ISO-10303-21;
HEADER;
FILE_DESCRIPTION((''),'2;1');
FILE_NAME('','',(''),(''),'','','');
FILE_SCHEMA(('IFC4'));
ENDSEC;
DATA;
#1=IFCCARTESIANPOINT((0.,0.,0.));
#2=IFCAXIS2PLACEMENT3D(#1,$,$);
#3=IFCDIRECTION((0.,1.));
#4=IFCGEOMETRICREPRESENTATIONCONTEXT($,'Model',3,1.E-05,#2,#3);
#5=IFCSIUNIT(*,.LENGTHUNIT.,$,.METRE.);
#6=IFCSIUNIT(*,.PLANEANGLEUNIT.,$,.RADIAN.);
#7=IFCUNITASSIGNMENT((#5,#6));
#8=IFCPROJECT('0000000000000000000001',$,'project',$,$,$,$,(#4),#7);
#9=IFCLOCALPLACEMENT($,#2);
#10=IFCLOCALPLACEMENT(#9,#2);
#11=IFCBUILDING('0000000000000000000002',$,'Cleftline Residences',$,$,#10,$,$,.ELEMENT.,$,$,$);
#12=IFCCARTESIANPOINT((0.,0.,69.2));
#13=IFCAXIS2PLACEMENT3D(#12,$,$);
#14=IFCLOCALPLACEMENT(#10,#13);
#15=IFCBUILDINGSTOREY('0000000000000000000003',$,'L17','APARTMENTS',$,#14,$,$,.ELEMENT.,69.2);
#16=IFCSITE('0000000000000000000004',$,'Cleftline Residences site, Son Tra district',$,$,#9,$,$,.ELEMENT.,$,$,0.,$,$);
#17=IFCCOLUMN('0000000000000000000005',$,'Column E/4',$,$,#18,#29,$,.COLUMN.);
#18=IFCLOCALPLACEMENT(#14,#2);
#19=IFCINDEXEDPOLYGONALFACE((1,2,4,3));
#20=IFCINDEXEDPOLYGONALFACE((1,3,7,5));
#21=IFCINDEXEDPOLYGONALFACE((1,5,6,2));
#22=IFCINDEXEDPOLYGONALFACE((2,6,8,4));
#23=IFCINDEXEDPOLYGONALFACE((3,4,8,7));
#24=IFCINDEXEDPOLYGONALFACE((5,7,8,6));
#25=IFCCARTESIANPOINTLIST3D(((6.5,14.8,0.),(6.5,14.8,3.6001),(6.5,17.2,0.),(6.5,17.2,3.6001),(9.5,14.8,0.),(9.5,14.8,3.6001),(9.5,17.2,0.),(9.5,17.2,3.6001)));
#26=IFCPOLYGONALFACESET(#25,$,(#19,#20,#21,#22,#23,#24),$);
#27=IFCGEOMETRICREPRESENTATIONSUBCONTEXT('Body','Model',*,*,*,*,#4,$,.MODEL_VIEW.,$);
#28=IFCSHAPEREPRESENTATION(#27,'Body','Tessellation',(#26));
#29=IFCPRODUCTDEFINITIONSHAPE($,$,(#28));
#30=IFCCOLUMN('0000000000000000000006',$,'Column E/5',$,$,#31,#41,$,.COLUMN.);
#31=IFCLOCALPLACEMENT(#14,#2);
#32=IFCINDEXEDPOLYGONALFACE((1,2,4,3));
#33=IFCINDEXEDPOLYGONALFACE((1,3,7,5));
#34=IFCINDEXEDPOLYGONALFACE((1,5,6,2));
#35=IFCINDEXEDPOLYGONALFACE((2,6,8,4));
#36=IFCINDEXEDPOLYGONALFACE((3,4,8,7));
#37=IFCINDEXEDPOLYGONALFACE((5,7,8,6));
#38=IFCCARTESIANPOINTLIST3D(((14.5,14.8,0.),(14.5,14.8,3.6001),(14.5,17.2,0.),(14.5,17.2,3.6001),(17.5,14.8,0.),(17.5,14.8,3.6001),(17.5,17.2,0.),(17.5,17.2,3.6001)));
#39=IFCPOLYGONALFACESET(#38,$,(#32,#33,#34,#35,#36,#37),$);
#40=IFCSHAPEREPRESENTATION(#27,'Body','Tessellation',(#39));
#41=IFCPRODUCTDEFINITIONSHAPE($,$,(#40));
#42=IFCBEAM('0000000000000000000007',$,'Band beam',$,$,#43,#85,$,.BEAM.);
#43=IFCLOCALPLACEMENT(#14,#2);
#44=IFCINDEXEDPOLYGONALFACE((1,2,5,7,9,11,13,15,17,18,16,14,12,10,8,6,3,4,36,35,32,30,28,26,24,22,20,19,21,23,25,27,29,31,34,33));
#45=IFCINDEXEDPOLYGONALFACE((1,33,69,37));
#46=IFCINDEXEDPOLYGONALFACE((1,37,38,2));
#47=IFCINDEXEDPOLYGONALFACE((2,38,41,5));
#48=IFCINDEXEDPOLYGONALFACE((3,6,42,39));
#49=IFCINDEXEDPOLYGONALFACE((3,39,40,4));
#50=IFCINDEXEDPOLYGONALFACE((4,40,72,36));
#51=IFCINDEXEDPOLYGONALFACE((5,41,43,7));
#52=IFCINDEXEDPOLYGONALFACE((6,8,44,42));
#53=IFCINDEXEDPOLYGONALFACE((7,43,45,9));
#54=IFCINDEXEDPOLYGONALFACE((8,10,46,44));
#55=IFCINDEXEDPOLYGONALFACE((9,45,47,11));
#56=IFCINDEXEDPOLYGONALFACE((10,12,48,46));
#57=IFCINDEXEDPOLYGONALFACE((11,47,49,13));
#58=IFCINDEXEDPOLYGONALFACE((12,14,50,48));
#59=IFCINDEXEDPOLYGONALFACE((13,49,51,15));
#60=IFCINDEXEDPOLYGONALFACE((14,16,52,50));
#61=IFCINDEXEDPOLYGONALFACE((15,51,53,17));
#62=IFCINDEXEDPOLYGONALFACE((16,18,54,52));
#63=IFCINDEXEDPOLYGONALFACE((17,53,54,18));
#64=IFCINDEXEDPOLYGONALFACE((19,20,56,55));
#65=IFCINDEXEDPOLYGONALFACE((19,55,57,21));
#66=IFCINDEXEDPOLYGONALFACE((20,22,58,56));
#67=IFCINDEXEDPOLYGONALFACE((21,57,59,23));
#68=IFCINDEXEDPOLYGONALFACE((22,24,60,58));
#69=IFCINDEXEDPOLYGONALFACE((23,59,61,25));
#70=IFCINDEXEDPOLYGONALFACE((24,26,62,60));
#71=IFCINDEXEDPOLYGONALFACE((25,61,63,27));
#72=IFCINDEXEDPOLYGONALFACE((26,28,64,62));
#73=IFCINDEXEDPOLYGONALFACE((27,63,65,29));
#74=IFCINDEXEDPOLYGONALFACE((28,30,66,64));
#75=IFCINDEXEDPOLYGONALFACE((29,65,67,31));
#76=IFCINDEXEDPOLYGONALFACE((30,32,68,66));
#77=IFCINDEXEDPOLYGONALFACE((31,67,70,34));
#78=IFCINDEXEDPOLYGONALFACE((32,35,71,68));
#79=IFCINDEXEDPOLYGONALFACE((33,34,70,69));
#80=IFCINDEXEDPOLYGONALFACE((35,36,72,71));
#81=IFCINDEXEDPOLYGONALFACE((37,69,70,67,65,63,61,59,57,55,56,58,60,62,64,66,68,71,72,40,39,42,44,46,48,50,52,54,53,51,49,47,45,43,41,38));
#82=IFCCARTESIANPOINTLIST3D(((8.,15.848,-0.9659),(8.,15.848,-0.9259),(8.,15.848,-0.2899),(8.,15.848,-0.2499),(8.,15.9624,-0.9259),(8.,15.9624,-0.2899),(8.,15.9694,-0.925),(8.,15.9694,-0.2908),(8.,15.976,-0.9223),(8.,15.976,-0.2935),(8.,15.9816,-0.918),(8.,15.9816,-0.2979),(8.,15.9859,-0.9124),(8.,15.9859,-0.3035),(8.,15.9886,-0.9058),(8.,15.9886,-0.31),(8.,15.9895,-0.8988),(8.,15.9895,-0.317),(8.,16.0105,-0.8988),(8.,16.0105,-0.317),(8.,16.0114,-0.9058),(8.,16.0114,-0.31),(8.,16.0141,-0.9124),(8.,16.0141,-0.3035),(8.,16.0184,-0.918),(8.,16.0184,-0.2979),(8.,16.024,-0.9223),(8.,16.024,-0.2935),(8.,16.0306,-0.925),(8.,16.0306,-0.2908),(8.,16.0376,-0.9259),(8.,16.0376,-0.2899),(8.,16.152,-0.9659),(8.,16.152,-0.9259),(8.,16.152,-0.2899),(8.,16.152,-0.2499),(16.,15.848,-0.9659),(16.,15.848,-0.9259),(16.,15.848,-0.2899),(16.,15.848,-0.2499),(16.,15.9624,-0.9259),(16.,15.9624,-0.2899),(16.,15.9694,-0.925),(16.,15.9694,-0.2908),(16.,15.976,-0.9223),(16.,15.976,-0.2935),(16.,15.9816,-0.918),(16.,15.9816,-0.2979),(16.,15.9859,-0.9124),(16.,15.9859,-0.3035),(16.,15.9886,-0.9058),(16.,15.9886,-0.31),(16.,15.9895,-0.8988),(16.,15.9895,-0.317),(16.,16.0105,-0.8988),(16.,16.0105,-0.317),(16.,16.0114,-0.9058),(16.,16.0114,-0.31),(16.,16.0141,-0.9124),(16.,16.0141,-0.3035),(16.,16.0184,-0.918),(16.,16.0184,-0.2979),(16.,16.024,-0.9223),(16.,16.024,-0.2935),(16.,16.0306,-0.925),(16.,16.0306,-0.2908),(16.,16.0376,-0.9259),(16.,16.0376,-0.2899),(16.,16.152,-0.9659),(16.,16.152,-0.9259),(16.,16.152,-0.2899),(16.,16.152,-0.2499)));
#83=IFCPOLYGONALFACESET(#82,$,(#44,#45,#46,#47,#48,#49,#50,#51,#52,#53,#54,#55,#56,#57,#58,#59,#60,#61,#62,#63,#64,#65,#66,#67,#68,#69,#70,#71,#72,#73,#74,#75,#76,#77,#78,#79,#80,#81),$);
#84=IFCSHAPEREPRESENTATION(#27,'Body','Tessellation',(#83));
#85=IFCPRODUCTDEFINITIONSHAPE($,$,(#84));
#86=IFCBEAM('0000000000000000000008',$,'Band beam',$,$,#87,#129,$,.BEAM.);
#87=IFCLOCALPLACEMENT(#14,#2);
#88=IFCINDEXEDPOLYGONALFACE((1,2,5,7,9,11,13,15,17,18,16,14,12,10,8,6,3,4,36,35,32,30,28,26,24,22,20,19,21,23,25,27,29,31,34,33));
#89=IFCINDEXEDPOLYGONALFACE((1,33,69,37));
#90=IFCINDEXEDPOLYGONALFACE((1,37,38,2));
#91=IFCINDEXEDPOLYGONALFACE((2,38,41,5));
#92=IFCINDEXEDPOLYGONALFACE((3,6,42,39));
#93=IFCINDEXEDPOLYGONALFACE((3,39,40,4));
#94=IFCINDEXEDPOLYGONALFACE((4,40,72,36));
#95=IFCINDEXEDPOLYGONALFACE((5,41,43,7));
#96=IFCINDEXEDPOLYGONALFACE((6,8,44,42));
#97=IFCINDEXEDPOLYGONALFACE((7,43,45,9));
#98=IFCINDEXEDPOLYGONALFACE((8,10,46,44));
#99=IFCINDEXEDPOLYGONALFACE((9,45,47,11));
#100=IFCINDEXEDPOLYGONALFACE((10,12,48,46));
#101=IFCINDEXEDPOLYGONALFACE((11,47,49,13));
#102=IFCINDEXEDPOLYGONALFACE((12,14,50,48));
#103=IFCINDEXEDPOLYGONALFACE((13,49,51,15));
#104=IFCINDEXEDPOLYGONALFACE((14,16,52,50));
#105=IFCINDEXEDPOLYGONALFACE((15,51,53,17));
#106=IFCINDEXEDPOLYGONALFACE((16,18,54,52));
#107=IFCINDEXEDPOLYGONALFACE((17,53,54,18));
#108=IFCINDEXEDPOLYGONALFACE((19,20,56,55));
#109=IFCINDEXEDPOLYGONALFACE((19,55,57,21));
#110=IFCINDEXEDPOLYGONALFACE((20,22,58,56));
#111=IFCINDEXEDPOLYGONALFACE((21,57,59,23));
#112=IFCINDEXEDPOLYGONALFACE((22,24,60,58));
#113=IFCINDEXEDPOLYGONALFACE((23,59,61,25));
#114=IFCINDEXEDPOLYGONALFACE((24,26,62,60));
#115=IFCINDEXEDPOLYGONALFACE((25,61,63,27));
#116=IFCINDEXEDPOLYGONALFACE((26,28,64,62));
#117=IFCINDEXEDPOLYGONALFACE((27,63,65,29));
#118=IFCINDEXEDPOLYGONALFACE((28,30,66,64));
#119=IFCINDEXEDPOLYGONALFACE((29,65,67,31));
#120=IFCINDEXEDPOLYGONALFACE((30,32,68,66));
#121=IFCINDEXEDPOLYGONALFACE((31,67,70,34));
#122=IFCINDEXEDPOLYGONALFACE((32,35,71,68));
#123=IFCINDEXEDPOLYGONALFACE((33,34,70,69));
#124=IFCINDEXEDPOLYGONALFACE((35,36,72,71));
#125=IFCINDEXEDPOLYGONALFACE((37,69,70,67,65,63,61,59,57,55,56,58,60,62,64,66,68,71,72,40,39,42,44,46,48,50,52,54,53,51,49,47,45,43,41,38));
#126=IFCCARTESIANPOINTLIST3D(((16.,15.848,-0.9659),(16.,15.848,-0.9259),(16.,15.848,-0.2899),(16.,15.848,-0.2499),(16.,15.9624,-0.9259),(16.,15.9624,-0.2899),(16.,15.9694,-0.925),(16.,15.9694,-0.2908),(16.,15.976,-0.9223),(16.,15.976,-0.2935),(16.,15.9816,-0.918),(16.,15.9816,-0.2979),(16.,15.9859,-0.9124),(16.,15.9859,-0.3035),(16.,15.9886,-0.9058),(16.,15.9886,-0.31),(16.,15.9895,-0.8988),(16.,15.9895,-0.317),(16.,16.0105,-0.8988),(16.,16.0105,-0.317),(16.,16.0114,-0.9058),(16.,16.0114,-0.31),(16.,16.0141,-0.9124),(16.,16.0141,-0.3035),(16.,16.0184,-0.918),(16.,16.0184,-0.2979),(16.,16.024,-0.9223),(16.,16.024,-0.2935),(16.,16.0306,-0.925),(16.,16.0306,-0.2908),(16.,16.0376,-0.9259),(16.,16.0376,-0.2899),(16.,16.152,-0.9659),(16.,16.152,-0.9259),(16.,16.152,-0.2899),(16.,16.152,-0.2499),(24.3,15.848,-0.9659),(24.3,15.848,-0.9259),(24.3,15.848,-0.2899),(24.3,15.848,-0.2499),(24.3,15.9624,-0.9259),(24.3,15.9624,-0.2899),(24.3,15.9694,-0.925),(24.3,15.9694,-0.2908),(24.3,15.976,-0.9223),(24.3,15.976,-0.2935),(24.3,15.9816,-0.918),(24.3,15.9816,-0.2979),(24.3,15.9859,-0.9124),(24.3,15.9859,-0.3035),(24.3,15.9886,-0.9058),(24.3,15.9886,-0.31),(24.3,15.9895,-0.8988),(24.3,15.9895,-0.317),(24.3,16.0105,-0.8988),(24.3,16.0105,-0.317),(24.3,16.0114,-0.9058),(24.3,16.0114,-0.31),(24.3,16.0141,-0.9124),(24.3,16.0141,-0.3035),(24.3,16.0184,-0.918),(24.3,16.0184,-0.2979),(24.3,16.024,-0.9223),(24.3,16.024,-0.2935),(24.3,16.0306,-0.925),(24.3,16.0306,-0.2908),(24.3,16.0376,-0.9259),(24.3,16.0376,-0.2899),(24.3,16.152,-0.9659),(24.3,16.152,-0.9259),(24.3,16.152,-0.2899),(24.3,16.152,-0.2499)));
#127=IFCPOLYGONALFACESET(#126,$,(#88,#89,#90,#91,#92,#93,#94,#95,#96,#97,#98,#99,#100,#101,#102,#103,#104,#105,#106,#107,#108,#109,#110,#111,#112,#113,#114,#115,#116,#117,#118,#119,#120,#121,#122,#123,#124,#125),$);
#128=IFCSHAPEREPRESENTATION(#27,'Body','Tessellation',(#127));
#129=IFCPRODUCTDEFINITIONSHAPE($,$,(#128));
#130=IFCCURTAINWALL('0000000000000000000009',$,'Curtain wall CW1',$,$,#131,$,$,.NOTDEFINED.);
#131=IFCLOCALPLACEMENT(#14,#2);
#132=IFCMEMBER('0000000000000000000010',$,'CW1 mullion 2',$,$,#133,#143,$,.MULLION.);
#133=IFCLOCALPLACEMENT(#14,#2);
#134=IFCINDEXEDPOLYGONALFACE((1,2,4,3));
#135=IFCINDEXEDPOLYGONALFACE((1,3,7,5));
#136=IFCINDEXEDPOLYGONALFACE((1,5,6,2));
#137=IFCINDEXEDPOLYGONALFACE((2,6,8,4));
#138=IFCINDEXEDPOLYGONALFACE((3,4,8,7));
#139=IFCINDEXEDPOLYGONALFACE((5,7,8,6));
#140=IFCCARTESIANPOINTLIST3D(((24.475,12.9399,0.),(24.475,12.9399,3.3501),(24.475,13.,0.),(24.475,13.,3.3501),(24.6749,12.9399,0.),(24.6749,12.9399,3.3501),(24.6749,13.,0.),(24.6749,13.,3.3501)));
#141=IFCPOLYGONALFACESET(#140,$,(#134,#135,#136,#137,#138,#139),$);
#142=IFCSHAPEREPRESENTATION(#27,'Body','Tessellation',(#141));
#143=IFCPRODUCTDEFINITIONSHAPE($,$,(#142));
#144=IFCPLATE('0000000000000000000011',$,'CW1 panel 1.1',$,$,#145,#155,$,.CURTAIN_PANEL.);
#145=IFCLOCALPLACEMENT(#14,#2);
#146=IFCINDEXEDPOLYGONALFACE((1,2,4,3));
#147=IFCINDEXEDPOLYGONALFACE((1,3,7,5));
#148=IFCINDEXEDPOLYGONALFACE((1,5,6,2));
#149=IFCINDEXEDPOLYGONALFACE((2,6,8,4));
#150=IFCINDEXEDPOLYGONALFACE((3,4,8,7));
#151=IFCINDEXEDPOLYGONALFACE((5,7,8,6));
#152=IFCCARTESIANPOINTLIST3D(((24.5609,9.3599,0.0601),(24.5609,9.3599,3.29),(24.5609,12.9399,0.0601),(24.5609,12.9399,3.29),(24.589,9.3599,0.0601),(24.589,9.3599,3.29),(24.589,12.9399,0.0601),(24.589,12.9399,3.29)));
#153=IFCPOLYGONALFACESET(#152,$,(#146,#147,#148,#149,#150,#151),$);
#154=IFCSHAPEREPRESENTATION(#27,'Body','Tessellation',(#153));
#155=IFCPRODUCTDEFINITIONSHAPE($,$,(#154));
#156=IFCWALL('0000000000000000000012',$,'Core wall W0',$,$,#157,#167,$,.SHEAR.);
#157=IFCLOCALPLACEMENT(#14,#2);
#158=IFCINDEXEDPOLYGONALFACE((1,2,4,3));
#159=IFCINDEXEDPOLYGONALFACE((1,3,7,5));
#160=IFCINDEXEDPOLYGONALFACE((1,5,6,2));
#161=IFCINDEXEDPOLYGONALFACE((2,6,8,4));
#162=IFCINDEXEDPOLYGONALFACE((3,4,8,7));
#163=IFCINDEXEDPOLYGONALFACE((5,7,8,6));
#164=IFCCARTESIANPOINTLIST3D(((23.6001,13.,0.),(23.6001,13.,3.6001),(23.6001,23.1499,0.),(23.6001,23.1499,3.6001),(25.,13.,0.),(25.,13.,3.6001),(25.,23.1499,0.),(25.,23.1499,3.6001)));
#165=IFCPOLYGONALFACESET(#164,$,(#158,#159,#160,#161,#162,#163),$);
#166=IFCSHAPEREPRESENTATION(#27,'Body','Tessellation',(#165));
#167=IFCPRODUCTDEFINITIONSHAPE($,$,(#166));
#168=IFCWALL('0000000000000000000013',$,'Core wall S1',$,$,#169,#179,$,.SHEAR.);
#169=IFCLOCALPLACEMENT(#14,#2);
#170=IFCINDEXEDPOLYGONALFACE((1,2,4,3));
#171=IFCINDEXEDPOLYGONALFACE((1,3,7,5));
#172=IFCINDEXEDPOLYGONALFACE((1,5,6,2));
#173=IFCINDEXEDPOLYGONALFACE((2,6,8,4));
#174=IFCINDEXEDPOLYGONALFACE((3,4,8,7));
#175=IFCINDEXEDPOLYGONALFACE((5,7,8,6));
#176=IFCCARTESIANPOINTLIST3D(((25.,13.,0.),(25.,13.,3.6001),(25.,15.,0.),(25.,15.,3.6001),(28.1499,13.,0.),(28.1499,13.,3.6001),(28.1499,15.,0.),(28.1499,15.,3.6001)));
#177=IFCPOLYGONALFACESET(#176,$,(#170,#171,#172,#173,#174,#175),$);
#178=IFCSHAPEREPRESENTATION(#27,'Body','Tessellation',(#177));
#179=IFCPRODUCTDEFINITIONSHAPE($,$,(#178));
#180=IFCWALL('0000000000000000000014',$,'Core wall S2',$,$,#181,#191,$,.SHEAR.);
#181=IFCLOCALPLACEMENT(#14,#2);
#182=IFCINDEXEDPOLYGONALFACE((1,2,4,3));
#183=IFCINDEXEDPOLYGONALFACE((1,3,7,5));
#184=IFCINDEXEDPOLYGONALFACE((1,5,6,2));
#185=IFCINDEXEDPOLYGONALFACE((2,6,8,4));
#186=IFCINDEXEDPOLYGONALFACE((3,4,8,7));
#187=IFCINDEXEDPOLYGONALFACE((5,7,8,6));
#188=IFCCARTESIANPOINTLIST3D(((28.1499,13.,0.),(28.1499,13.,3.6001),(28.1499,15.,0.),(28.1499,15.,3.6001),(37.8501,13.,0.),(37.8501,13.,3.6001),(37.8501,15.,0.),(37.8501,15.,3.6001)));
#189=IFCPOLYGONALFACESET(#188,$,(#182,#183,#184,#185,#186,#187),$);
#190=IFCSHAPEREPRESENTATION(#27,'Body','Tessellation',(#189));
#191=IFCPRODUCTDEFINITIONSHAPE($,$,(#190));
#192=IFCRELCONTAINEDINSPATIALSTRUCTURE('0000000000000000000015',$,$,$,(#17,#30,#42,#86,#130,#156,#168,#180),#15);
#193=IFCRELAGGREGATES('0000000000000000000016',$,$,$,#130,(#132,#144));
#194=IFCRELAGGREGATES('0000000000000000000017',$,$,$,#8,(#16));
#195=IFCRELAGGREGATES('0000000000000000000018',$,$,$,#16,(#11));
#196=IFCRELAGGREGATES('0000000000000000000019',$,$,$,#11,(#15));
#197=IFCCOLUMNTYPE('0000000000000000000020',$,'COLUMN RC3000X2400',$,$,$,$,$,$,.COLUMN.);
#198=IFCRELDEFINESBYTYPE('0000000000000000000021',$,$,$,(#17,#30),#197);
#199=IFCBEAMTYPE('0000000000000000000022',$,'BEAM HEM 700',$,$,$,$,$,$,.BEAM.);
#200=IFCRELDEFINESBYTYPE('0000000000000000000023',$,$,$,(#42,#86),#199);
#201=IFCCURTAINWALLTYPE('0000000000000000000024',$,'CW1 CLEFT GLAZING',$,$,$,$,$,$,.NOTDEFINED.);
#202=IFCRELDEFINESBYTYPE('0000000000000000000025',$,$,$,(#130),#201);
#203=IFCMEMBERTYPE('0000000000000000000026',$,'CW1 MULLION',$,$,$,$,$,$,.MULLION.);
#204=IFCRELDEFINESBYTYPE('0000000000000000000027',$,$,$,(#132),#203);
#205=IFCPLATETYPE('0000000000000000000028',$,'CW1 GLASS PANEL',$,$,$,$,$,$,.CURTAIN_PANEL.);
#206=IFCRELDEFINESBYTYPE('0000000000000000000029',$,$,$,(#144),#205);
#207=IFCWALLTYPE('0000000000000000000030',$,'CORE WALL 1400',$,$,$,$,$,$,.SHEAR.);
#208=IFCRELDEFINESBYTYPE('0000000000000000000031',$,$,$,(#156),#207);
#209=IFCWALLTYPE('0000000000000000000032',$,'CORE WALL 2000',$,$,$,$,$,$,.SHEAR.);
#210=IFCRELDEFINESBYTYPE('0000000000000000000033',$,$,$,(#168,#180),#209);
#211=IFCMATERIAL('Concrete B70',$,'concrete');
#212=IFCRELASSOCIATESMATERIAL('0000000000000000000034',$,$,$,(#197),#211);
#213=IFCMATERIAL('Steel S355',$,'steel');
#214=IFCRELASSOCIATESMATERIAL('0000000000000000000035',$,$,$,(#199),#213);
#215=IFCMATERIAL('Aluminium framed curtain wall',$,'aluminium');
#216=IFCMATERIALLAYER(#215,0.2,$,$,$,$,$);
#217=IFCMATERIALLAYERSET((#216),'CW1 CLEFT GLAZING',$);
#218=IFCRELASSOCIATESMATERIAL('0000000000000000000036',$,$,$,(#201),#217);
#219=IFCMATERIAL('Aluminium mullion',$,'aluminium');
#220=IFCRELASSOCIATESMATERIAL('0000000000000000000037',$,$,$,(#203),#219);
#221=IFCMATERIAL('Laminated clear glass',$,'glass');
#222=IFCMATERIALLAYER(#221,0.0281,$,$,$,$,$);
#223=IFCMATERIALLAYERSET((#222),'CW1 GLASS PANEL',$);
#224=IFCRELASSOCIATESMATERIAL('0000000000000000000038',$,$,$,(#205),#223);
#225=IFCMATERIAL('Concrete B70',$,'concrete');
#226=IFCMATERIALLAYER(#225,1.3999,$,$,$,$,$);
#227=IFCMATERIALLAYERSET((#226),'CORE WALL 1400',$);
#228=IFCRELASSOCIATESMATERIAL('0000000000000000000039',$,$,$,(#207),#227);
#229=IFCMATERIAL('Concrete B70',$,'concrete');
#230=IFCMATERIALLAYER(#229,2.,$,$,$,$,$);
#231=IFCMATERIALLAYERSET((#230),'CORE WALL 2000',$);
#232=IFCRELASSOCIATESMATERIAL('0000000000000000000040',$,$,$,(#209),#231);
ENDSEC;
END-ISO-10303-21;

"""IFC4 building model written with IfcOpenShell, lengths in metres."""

from ifc_helpers import new_model, si_unit, direction, frame, frame_2d, origin, origin_2d, place, context, subcontext, project, spatial, rectangle, i_section, extrude, material, layer, layer_set, material_profile, profile_set, type_object, element, aggregate, save


model = new_model("IFC4")

# Units and contexts
model_context = context("Model", 3, precision=1e-05, world=origin(), true_north=direction((0.0, 1.0)))
body_context = subcontext(model_context, "Body", "Model", "MODEL_VIEW")
ifc_project = project(units=[si_unit("LENGTHUNIT", "METRE"), si_unit("PLANEANGLEUNIT", "RADIAN")], contexts=[model_context])

# Site, building, storey
site_placement = place(None, origin())
site = spatial("IfcSite", under=ifc_project, at=site_placement, Name="Cleftline Residences site, Son Tra district", CompositionType="ELEMENT", RefElevation=0.0)
building_placement = place(site_placement, origin())
building = spatial("IfcBuilding", under=site, at=building_placement, Name="Cleftline Residences", CompositionType="ELEMENT")
storey_placement = place(building_placement, frame((0.0, 0.0, 69.2)))
storey = spatial("IfcBuildingStorey", under=building, at=storey_placement, Name="L17", Description="APARTMENTS", CompositionType="ELEMENT", Elevation=69.2)

# Columns
ifc_material_1 = material(Name="Concrete B70", Category="concrete")
ifc_material_profile_1 = material_profile(ifc_material_1, rectangle(XDim=3.0, YDim=2.3999, at=origin_2d()))
ifc_profile_set_1 = profile_set([ifc_material_profile_1], Name="Concrete B70")
column_type = type_object("IfcColumnType", Name="COLUMN RC3000X2400", PredefinedType="COLUMN", material=ifc_profile_set_1)
for number, where, z_axis, x_axis, name in (
    (1, (8.0, 16.0, 0.0), (0.0, 0.0, 1.0), (1.0, 0.0, 0.0), "Column E/4"),
    (2, (16.0, 16.0, 0.0), (0.0, 0.0, 1.0), (1.0, 0.0, 0.0), "Column E/5"),
):
    element("IfcColumn", number, at=place(storey_placement, frame(where, z_axis=z_axis, x_axis=x_axis)), inside=storey, type_object=column_type, Name=name, PredefinedType="COLUMN", context=body_context, shape_type="SweptSolid", body=[
        extrude(rectangle(XDim=3.0, YDim=2.3999, at=origin_2d()), origin(), (0.0, 0.0, 1.0), 3.6001),
    ])

# Beams
ifc_material_2 = material(Name="Steel S355", Category="steel")
ifc_material_profile_2 = material_profile(ifc_material_2, i_section(OverallWidth=0.304, OverallDepth=0.7161, WebThickness=0.021, FlangeThickness=0.04, FilletRadius=0.0271, at=origin_2d()))
ifc_profile_set_2 = profile_set([ifc_material_profile_2], Name="Steel S355")
beam_type = type_object("IfcBeamType", Name="BEAM HEM 700", PredefinedType="BEAM", material=ifc_profile_set_2)
beam_1_placement = place(storey_placement, frame((8.0, 16.0, -0.6079), z_axis=(1.0, 0.0, 0.0), x_axis=(0.0, 1.0, 0.0)))
element("IfcBeam", 3, at=beam_1_placement, inside=storey, type_object=beam_type, Name="Band beam", PredefinedType="BEAM", context=body_context, shape_type="SweptSolid", body=[
    extrude(i_section(OverallWidth=0.304, OverallDepth=0.7161, WebThickness=0.021, FlangeThickness=0.04, FilletRadius=0.0271, at=origin_2d()), origin(), (0.0, 0.0, 1.0), 8.0),
])
beam_2_placement = place(storey_placement, frame((16.0, 16.0, -0.6079), z_axis=(1.0, 0.0, 0.0), x_axis=(0.0, 1.0, 0.0)))
element("IfcBeam", 4, at=beam_2_placement, inside=storey, type_object=beam_type, Name="Band beam", PredefinedType="BEAM", context=body_context, shape_type="SweptSolid", body=[
    extrude(i_section(OverallWidth=0.304, OverallDepth=0.7161, WebThickness=0.021, FlangeThickness=0.04, FilletRadius=0.0271, at=origin_2d()), origin(), (0.0, 0.0, 1.0), 8.3),
])

# Curtain wall, member, plate
ifc_material_3 = material(Name="Aluminium framed curtain wall", Category="aluminium")
ifc_layer_1 = layer(ifc_material_3, 0.2)
ifc_layer_set_1 = layer_set([ifc_layer_1], Name="CW1 CLEFT GLAZING")
curtain_wall_type = type_object("IfcCurtainWallType", Name="CW1 CLEFT GLAZING", PredefinedType="NOTDEFINED", material=ifc_layer_set_1)
curtain_wall_placement = place(storey_placement, origin())
curtain_wall = element("IfcCurtainWall", 5, at=curtain_wall_placement, inside=storey, type_object=curtain_wall_type, Name="Curtain wall CW1", PredefinedType="NOTDEFINED")
ifc_material_4 = material(Name="Aluminium mullion", Category="aluminium")
ifc_material_profile_3 = material_profile(ifc_material_4, rectangle(XDim=0.2, YDim=0.0601, at=origin_2d()))
ifc_profile_set_3 = profile_set([ifc_material_profile_3], Name="Aluminium mullion")
member_type = type_object("IfcMemberType", Name="CW1 MULLION", PredefinedType="MULLION", material=ifc_profile_set_3)
member_placement = place(storey_placement, frame((24.575, 12.97, 0.0), z_axis=(0.0, 0.0, 1.0), x_axis=(-1.0, 0.0, 0.0)))
member = element("IfcMember", 6, at=member_placement, type_object=member_type, Name="CW1 mullion 2", PredefinedType="MULLION", context=body_context, shape_type="SweptSolid", body=[
    extrude(rectangle(XDim=0.2, YDim=0.0601, at=origin_2d()), origin(), (0.0, 0.0, 1.0), 3.3501),
])
ifc_material_5 = material(Name="Laminated clear glass", Category="glass")
ifc_layer_2 = layer(ifc_material_5, 0.0281)
ifc_layer_set_2 = layer_set([ifc_layer_2], Name="CW1 GLASS PANEL")
plate_type = type_object("IfcPlateType", Name="CW1 GLASS PANEL", PredefinedType="CURTAIN_PANEL", material=ifc_layer_set_2)
plate_placement = place(storey_placement, frame((24.575, 11.1499, 0.0601), z_axis=(0.0, 0.0, 1.0), x_axis=(0.0, 1.0, 0.0)))
plate = element("IfcPlate", 7, at=plate_placement, type_object=plate_type, Name="CW1 panel 1.1", PredefinedType="CURTAIN_PANEL", context=body_context, shape_type="SweptSolid", body=[
    extrude(rectangle(XDim=3.5801, YDim=0.0281, at=origin_2d()), origin(), (0.0, 0.0, 1.0), 3.23),
])
aggregate(curtain_wall, [member, plate])

# Wall
ifc_material_6 = material(Name="Concrete B70", Category="concrete")
ifc_layer_3 = layer(ifc_material_6, 1.3999)
ifc_layer_set_3 = layer_set([ifc_layer_3], Name="CORE WALL 1400")
wall_type_1 = type_object("IfcWallType", Name="CORE WALL 1400", PredefinedType="SHEAR", material=ifc_layer_set_3)
wall_1_placement = place(storey_placement, frame((24.3, 13.0, 0.0), z_axis=(0.0, 0.0, 1.0), x_axis=(0.0, 1.0, 0.0)))
element("IfcWall", 8, at=wall_1_placement, inside=storey, type_object=wall_type_1, Name="Core wall W0", PredefinedType="SHEAR", context=body_context, shape_type="SweptSolid", body=[
    extrude(rectangle(XDim=10.1499, YDim=1.3999, at=frame_2d((5.075, 0.0))), origin(), (0.0, 0.0, 1.0), 3.6001),
])

# Walls
ifc_material_7 = material(Name="Concrete B70", Category="concrete")
ifc_layer_4 = layer(ifc_material_7, 2.0)
ifc_layer_set_4 = layer_set([ifc_layer_4], Name="CORE WALL 2000")
wall_type_2 = type_object("IfcWallType", Name="CORE WALL 2000", PredefinedType="SHEAR", material=ifc_layer_set_4)
wall_2_placement = place(storey_placement, frame((25.0, 14.0, 0.0), z_axis=(0.0, 0.0, 1.0), x_axis=(1.0, 0.0, 0.0)))
element("IfcWall", 9, at=wall_2_placement, inside=storey, type_object=wall_type_2, Name="Core wall S1", PredefinedType="SHEAR", context=body_context, shape_type="SweptSolid", body=[
    extrude(rectangle(XDim=3.1499, YDim=2.0, at=frame_2d((1.575, 0.0))), origin(), (0.0, 0.0, 1.0), 3.6001),
])
wall_3_placement = place(storey_placement, frame((28.1499, 14.0, 0.0), z_axis=(0.0, 0.0, 1.0), x_axis=(1.0, 0.0, 0.0)))
element("IfcWall", 10, at=wall_3_placement, inside=storey, type_object=wall_type_2, Name="Core wall S2", PredefinedType="SHEAR", context=body_context, shape_type="SweptSolid", body=[
    extrude(rectangle(XDim=9.7002, YDim=2.0, at=frame_2d((4.8501, 0.0))), origin(), (0.0, 0.0, 1.0), 3.6001),
])

save(model, "model.ifc")
